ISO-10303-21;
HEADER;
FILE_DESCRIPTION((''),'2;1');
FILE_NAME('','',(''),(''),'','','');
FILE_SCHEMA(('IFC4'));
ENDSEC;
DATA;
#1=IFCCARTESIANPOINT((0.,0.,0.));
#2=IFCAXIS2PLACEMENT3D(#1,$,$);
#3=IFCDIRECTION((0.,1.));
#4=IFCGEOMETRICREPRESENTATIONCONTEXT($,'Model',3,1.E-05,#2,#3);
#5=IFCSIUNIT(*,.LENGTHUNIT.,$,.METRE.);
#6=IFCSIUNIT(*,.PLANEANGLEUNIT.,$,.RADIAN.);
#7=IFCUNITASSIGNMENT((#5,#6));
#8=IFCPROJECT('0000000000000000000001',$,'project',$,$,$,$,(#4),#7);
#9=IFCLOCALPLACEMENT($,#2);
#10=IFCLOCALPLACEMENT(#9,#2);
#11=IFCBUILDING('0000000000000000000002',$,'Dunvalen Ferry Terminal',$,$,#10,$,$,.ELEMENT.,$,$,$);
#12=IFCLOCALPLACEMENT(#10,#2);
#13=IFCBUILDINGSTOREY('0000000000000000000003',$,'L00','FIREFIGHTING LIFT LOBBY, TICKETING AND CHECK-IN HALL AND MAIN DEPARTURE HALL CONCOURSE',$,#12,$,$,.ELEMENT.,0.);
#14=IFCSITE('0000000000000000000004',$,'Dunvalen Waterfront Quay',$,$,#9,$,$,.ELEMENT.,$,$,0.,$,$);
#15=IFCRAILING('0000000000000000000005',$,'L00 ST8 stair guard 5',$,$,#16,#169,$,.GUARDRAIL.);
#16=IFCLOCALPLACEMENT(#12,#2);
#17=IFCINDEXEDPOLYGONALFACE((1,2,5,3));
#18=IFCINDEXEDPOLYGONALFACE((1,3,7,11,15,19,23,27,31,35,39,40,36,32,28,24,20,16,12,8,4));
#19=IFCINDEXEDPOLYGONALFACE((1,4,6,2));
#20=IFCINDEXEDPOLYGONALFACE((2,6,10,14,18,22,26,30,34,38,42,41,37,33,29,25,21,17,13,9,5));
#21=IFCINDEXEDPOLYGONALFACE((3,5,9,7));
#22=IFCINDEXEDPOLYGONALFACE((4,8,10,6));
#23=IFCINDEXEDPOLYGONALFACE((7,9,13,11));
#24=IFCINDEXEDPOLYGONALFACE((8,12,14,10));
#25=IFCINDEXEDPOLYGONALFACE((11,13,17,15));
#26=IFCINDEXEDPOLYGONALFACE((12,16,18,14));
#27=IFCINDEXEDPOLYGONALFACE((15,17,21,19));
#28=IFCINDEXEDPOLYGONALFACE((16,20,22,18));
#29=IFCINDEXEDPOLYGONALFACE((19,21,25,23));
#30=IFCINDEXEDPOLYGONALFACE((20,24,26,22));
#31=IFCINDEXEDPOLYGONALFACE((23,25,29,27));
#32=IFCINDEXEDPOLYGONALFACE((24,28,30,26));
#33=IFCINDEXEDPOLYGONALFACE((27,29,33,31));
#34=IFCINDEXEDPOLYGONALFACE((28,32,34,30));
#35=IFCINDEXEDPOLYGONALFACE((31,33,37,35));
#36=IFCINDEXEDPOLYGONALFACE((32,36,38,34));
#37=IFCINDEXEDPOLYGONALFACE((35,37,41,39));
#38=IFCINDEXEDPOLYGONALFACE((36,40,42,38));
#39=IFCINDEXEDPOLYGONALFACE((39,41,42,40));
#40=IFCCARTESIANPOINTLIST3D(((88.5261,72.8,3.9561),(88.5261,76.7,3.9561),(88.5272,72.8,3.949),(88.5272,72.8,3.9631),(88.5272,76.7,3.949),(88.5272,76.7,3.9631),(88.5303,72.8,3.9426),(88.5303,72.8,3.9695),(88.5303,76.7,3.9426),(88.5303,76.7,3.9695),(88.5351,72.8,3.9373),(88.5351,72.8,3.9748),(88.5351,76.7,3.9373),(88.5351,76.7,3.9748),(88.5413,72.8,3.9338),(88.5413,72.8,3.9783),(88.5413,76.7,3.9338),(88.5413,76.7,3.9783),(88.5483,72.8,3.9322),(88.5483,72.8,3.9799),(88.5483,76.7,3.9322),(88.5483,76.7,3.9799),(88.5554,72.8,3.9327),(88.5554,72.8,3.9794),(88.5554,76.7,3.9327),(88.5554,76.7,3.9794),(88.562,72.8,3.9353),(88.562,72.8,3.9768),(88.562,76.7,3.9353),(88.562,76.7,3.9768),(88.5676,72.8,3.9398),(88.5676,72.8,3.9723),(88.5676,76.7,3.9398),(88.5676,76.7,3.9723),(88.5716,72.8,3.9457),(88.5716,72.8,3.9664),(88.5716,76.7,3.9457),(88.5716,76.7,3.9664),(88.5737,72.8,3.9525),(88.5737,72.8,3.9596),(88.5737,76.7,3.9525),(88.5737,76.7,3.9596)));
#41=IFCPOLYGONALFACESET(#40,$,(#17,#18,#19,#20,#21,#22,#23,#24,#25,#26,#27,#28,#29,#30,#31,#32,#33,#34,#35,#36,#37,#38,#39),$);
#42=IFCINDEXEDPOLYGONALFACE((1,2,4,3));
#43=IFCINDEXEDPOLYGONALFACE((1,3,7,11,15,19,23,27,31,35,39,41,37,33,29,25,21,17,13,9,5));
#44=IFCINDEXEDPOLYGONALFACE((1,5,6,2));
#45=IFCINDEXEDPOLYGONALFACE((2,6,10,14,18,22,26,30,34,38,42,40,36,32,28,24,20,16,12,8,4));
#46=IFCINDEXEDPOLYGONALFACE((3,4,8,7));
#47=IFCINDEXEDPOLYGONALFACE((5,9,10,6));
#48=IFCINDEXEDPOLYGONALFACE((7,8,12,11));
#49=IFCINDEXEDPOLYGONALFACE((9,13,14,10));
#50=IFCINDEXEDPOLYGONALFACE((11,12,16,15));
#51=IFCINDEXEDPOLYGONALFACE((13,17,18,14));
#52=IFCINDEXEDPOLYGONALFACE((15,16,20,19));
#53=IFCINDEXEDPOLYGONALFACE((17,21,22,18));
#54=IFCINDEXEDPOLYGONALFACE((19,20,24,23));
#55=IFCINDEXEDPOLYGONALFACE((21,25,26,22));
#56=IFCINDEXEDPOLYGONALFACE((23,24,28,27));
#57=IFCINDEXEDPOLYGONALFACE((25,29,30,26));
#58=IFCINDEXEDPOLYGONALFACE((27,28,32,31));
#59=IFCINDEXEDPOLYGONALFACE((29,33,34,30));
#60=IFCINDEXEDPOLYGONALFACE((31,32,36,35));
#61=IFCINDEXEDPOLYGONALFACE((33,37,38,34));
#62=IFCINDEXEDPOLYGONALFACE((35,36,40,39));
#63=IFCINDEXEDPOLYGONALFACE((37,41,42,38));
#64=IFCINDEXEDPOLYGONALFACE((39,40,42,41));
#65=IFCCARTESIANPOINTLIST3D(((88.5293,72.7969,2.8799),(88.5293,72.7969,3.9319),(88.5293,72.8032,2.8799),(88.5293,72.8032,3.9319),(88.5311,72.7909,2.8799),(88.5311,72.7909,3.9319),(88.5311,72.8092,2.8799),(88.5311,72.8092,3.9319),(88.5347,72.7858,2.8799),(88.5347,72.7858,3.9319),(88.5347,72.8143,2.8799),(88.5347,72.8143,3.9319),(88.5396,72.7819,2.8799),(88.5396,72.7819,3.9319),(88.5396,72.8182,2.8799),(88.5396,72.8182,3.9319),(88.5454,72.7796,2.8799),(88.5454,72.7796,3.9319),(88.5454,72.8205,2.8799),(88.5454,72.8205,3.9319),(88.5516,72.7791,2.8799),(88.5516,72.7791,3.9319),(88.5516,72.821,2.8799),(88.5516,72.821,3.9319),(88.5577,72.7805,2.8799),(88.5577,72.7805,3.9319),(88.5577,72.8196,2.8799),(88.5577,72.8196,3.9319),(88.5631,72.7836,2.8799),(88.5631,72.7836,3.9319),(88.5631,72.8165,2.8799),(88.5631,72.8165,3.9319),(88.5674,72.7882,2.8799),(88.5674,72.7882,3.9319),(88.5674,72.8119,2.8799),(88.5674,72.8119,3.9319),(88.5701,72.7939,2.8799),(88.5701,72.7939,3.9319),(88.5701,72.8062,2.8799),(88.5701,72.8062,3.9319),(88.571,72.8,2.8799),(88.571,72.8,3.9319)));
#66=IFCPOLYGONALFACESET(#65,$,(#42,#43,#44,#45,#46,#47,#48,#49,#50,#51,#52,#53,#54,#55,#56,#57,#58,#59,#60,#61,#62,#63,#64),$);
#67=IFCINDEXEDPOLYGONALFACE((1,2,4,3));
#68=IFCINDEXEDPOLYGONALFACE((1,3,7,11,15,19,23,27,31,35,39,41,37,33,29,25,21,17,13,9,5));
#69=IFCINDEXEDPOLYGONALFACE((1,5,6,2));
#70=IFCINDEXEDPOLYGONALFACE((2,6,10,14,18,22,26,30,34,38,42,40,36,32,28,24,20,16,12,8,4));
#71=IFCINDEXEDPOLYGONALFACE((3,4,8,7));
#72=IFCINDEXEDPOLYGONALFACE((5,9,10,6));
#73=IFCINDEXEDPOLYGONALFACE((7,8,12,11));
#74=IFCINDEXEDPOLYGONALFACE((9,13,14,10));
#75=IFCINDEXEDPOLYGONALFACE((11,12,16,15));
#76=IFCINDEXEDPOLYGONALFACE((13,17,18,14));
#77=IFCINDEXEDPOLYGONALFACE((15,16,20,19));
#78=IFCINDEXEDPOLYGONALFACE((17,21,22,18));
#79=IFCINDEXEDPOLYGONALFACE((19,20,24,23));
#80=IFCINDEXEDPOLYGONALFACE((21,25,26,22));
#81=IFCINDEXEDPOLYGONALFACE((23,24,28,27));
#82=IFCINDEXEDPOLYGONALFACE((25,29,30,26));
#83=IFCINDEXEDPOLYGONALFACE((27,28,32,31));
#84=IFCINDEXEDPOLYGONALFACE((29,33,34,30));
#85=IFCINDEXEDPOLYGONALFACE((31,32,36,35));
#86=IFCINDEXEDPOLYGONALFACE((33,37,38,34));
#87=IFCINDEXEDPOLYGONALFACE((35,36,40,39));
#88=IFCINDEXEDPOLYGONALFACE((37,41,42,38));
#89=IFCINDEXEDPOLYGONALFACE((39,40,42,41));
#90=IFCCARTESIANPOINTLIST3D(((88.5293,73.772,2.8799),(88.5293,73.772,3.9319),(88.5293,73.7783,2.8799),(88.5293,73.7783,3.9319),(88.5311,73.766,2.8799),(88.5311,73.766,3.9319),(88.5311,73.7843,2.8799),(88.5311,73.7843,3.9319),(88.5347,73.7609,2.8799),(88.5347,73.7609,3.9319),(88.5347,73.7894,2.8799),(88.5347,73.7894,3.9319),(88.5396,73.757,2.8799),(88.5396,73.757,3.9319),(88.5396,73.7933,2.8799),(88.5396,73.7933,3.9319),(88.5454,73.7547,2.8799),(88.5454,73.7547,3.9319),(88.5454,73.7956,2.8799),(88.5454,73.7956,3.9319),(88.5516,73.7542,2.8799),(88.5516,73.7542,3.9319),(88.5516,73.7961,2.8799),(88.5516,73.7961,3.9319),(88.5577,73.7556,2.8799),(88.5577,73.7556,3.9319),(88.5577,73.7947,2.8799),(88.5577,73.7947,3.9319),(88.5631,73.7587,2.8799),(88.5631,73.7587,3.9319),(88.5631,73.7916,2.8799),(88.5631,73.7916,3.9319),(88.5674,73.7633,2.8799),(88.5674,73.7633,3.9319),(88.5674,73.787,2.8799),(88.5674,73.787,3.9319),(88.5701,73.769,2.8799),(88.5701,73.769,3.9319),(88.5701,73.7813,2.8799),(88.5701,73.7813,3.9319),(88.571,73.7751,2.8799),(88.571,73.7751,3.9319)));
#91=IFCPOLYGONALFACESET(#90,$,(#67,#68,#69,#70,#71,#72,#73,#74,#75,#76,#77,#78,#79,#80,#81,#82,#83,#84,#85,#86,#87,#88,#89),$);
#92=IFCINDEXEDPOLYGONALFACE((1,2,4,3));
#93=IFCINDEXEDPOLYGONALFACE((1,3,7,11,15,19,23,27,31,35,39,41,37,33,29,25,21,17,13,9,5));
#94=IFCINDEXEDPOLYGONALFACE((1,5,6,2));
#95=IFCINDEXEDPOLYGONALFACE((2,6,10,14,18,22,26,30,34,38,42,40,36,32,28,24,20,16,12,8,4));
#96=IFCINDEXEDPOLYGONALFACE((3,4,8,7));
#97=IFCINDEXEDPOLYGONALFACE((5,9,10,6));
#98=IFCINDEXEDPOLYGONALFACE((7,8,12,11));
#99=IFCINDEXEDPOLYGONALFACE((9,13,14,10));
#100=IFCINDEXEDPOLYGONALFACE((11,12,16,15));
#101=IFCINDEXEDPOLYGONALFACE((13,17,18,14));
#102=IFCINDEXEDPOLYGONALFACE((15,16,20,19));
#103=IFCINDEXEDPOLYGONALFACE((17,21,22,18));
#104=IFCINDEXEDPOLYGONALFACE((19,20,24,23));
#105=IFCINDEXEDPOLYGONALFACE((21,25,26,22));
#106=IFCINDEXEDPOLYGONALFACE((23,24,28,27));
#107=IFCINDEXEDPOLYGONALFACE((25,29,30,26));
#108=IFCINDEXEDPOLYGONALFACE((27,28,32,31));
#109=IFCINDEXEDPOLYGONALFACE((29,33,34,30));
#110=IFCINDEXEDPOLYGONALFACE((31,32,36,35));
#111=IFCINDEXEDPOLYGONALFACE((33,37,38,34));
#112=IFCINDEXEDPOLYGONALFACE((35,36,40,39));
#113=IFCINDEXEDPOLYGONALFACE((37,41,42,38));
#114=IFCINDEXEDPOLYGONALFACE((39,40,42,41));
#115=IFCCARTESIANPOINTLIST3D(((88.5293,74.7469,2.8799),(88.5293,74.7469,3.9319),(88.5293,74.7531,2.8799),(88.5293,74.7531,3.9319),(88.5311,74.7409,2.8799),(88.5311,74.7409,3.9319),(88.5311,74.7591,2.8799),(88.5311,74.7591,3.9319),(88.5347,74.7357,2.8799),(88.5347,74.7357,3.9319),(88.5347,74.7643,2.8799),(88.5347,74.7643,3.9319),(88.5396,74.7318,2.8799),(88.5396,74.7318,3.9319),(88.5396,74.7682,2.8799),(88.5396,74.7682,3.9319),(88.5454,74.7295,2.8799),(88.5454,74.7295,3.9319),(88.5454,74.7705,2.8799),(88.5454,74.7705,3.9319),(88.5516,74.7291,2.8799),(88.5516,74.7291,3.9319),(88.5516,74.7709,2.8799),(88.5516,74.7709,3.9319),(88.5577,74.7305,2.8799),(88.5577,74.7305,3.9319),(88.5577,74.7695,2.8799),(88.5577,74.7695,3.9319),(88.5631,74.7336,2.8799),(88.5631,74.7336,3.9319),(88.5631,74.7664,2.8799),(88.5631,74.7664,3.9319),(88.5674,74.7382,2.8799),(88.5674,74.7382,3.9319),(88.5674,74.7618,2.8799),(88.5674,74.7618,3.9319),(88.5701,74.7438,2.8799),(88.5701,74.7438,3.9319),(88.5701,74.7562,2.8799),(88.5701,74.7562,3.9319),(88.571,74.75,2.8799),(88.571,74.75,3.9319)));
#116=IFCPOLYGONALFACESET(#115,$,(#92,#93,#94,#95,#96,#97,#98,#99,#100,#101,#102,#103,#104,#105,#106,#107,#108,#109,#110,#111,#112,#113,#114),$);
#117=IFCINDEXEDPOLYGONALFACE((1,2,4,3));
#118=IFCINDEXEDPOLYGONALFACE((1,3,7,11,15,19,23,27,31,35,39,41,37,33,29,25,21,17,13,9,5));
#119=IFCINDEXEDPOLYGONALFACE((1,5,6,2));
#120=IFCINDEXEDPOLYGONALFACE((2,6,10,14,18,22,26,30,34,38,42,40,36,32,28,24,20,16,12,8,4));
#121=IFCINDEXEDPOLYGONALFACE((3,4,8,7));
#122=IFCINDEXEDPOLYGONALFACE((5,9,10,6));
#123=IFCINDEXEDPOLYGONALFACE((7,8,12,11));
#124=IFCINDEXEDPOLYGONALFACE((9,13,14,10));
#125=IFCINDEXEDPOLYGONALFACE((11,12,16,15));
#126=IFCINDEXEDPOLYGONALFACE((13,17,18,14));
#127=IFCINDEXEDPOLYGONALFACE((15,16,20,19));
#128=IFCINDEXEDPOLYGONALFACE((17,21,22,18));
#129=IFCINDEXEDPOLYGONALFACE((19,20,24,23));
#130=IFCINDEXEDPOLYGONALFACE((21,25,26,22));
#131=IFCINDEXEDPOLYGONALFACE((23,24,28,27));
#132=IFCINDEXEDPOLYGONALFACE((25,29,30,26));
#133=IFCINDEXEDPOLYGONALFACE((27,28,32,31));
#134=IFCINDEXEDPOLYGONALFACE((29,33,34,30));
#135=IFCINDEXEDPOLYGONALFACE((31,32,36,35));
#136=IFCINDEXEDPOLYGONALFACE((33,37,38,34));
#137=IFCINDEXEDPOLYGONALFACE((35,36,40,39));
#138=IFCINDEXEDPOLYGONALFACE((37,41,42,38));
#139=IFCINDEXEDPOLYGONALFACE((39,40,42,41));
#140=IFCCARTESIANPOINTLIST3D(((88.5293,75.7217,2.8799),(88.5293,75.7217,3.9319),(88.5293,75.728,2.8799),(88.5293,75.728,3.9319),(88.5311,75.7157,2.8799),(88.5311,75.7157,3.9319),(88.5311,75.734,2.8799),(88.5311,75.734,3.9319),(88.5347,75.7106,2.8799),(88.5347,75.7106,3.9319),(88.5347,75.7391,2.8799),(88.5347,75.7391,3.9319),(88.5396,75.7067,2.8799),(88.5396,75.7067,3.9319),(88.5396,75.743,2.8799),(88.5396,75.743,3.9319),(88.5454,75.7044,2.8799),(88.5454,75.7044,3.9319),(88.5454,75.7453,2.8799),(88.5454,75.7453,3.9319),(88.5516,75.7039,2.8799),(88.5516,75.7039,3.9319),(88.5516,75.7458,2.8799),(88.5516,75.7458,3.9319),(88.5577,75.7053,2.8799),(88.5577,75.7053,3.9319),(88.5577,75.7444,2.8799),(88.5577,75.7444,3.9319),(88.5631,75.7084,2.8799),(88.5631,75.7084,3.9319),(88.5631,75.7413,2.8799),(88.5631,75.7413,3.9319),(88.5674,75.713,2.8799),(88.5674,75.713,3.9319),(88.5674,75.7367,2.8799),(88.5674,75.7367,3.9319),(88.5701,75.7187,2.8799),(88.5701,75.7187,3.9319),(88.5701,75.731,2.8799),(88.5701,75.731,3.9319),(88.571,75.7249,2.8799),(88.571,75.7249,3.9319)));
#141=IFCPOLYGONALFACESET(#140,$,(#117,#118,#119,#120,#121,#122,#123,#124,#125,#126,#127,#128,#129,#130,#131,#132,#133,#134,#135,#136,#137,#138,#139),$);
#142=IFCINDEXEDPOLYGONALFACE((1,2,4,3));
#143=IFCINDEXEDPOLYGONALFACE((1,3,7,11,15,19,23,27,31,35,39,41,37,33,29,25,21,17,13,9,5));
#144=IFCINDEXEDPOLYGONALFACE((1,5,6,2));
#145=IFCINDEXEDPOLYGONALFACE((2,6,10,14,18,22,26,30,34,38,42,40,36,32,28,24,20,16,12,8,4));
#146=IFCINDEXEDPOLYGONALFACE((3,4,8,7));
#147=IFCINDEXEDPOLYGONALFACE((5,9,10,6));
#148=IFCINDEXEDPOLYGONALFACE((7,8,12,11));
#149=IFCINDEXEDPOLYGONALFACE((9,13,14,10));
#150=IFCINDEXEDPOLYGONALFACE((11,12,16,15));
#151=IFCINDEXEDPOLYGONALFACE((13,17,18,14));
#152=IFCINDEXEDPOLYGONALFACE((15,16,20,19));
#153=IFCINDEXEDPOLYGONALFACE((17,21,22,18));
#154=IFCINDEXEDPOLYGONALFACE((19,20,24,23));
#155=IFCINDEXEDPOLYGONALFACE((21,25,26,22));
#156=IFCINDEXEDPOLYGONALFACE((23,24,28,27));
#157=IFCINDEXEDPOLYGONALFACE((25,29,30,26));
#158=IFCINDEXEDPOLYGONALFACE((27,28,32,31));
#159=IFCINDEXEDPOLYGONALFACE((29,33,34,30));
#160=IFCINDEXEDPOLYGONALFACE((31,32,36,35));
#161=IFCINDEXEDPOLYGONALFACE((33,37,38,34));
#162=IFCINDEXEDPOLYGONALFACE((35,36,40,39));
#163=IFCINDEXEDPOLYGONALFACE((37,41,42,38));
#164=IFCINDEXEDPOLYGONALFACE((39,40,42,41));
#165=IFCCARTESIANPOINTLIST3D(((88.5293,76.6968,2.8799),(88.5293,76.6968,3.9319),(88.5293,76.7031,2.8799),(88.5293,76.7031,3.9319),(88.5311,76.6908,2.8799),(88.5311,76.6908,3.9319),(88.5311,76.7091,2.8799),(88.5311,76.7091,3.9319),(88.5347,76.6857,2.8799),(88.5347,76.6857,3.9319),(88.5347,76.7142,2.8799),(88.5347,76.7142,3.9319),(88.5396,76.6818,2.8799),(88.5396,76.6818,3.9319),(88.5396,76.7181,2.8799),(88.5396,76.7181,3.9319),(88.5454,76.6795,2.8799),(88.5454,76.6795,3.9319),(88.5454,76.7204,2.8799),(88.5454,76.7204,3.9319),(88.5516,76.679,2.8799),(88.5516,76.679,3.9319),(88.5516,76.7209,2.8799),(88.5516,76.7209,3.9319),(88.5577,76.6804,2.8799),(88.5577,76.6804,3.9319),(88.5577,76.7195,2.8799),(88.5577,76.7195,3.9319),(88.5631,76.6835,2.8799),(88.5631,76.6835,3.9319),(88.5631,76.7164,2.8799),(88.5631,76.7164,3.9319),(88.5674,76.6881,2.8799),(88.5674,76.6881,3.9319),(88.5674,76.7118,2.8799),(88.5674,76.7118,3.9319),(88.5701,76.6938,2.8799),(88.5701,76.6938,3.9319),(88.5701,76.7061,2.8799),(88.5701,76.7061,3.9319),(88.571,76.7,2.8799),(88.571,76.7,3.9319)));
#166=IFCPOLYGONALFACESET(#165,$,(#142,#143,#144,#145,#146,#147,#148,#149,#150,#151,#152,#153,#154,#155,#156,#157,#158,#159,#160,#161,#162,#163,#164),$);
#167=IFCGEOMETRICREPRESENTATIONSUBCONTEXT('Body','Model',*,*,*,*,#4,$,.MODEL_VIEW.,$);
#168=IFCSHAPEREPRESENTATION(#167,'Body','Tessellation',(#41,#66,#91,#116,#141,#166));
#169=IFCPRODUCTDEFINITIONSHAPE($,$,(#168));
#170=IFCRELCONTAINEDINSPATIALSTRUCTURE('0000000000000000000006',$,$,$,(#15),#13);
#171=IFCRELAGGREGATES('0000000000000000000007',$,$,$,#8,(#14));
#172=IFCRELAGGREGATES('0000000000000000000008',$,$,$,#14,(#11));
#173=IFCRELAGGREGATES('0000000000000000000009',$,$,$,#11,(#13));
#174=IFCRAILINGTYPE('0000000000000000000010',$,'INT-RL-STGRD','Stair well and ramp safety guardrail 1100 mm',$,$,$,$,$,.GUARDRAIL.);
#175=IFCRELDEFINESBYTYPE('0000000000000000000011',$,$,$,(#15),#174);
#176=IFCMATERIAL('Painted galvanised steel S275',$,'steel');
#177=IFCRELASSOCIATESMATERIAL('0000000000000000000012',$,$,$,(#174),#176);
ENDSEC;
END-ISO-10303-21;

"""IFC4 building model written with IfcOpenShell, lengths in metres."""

from ifc_helpers import new_model, si_unit, direction, frame, origin, origin_2d, place, context, subcontext, project, spatial, circle, extrude, material, type_object, element, save


model = new_model("IFC4")

# Units and contexts
model_context = context("Model", 3, precision=1e-05, world=origin(), true_north=direction((0.0, 1.0)))
body_context = subcontext(model_context, "Body", "Model", "MODEL_VIEW")
ifc_project = project(units=[si_unit("LENGTHUNIT", "METRE"), si_unit("PLANEANGLEUNIT", "RADIAN")], contexts=[model_context])

# Site, building, storey
site_placement = place(None, origin())
site = spatial("IfcSite", under=ifc_project, at=site_placement, Name="Dunvalen Waterfront Quay", CompositionType="ELEMENT", RefElevation=0.0)
building_placement = place(site_placement, origin())
building = spatial("IfcBuilding", under=site, at=building_placement, Name="Dunvalen Ferry Terminal", CompositionType="ELEMENT")
storey_placement = place(building_placement, origin())
storey = spatial("IfcBuildingStorey", under=building, at=storey_placement, Name="L00", Description="FIREFIGHTING LIFT LOBBY, TICKETING AND CHECK-IN HALL AND MAIN DEPARTURE HALL CONCOURSE", CompositionType="ELEMENT", Elevation=0.0)

# Railing
ifc_material_1 = material(Name="Painted galvanised steel S275", Category="steel")
railing_type_1 = type_object("IfcRailingType", Name="INT-RL-STGRD", Description="Stair well and ramp safety guardrail 1100 mm", PredefinedType="GUARDRAIL", material=ifc_material_1)
railing_1_placement = place(storey_placement, frame((88.55, 72.8, 2.8799)))
element("IfcRailing", 1, at=railing_1_placement, inside=storey, type_object=railing_type_1, Name="L00 ST8 stair guard 5", PredefinedType="GUARDRAIL", context=body_context, shape_type="SweptSolid", body=[
    extrude(circle(Radius=0.0239, at=origin_2d()), frame((0.0, 0.0, 1.0762), z_axis=(0.0, 1.0, 0.0), x_axis=(-1.0, 0.0, 0.0)), (0.0, 0.0, 1.0), 3.8999),
    extrude(circle(Radius=0.021, at=origin_2d()), origin(), (0.0, 0.0, 1.0), 1.052),
    extrude(circle(Radius=0.021, at=origin_2d()), frame((0.0, 0.9751, 0.0)), (0.0, 0.0, 1.0), 1.052),
    extrude(circle(Radius=0.021, at=origin_2d()), frame((0.0, 1.95, 0.0)), (0.0, 0.0, 1.0), 1.052),
    extrude(circle(Radius=0.021, at=origin_2d()), frame((0.0, 2.9248, 0.0)), (0.0, 0.0, 1.0), 1.052),
    extrude(circle(Radius=0.021, at=origin_2d()), frame((0.0, 3.8999, 0.0)), (0.0, 0.0, 1.0), 1.052),
])

save(model, "model.ifc")
